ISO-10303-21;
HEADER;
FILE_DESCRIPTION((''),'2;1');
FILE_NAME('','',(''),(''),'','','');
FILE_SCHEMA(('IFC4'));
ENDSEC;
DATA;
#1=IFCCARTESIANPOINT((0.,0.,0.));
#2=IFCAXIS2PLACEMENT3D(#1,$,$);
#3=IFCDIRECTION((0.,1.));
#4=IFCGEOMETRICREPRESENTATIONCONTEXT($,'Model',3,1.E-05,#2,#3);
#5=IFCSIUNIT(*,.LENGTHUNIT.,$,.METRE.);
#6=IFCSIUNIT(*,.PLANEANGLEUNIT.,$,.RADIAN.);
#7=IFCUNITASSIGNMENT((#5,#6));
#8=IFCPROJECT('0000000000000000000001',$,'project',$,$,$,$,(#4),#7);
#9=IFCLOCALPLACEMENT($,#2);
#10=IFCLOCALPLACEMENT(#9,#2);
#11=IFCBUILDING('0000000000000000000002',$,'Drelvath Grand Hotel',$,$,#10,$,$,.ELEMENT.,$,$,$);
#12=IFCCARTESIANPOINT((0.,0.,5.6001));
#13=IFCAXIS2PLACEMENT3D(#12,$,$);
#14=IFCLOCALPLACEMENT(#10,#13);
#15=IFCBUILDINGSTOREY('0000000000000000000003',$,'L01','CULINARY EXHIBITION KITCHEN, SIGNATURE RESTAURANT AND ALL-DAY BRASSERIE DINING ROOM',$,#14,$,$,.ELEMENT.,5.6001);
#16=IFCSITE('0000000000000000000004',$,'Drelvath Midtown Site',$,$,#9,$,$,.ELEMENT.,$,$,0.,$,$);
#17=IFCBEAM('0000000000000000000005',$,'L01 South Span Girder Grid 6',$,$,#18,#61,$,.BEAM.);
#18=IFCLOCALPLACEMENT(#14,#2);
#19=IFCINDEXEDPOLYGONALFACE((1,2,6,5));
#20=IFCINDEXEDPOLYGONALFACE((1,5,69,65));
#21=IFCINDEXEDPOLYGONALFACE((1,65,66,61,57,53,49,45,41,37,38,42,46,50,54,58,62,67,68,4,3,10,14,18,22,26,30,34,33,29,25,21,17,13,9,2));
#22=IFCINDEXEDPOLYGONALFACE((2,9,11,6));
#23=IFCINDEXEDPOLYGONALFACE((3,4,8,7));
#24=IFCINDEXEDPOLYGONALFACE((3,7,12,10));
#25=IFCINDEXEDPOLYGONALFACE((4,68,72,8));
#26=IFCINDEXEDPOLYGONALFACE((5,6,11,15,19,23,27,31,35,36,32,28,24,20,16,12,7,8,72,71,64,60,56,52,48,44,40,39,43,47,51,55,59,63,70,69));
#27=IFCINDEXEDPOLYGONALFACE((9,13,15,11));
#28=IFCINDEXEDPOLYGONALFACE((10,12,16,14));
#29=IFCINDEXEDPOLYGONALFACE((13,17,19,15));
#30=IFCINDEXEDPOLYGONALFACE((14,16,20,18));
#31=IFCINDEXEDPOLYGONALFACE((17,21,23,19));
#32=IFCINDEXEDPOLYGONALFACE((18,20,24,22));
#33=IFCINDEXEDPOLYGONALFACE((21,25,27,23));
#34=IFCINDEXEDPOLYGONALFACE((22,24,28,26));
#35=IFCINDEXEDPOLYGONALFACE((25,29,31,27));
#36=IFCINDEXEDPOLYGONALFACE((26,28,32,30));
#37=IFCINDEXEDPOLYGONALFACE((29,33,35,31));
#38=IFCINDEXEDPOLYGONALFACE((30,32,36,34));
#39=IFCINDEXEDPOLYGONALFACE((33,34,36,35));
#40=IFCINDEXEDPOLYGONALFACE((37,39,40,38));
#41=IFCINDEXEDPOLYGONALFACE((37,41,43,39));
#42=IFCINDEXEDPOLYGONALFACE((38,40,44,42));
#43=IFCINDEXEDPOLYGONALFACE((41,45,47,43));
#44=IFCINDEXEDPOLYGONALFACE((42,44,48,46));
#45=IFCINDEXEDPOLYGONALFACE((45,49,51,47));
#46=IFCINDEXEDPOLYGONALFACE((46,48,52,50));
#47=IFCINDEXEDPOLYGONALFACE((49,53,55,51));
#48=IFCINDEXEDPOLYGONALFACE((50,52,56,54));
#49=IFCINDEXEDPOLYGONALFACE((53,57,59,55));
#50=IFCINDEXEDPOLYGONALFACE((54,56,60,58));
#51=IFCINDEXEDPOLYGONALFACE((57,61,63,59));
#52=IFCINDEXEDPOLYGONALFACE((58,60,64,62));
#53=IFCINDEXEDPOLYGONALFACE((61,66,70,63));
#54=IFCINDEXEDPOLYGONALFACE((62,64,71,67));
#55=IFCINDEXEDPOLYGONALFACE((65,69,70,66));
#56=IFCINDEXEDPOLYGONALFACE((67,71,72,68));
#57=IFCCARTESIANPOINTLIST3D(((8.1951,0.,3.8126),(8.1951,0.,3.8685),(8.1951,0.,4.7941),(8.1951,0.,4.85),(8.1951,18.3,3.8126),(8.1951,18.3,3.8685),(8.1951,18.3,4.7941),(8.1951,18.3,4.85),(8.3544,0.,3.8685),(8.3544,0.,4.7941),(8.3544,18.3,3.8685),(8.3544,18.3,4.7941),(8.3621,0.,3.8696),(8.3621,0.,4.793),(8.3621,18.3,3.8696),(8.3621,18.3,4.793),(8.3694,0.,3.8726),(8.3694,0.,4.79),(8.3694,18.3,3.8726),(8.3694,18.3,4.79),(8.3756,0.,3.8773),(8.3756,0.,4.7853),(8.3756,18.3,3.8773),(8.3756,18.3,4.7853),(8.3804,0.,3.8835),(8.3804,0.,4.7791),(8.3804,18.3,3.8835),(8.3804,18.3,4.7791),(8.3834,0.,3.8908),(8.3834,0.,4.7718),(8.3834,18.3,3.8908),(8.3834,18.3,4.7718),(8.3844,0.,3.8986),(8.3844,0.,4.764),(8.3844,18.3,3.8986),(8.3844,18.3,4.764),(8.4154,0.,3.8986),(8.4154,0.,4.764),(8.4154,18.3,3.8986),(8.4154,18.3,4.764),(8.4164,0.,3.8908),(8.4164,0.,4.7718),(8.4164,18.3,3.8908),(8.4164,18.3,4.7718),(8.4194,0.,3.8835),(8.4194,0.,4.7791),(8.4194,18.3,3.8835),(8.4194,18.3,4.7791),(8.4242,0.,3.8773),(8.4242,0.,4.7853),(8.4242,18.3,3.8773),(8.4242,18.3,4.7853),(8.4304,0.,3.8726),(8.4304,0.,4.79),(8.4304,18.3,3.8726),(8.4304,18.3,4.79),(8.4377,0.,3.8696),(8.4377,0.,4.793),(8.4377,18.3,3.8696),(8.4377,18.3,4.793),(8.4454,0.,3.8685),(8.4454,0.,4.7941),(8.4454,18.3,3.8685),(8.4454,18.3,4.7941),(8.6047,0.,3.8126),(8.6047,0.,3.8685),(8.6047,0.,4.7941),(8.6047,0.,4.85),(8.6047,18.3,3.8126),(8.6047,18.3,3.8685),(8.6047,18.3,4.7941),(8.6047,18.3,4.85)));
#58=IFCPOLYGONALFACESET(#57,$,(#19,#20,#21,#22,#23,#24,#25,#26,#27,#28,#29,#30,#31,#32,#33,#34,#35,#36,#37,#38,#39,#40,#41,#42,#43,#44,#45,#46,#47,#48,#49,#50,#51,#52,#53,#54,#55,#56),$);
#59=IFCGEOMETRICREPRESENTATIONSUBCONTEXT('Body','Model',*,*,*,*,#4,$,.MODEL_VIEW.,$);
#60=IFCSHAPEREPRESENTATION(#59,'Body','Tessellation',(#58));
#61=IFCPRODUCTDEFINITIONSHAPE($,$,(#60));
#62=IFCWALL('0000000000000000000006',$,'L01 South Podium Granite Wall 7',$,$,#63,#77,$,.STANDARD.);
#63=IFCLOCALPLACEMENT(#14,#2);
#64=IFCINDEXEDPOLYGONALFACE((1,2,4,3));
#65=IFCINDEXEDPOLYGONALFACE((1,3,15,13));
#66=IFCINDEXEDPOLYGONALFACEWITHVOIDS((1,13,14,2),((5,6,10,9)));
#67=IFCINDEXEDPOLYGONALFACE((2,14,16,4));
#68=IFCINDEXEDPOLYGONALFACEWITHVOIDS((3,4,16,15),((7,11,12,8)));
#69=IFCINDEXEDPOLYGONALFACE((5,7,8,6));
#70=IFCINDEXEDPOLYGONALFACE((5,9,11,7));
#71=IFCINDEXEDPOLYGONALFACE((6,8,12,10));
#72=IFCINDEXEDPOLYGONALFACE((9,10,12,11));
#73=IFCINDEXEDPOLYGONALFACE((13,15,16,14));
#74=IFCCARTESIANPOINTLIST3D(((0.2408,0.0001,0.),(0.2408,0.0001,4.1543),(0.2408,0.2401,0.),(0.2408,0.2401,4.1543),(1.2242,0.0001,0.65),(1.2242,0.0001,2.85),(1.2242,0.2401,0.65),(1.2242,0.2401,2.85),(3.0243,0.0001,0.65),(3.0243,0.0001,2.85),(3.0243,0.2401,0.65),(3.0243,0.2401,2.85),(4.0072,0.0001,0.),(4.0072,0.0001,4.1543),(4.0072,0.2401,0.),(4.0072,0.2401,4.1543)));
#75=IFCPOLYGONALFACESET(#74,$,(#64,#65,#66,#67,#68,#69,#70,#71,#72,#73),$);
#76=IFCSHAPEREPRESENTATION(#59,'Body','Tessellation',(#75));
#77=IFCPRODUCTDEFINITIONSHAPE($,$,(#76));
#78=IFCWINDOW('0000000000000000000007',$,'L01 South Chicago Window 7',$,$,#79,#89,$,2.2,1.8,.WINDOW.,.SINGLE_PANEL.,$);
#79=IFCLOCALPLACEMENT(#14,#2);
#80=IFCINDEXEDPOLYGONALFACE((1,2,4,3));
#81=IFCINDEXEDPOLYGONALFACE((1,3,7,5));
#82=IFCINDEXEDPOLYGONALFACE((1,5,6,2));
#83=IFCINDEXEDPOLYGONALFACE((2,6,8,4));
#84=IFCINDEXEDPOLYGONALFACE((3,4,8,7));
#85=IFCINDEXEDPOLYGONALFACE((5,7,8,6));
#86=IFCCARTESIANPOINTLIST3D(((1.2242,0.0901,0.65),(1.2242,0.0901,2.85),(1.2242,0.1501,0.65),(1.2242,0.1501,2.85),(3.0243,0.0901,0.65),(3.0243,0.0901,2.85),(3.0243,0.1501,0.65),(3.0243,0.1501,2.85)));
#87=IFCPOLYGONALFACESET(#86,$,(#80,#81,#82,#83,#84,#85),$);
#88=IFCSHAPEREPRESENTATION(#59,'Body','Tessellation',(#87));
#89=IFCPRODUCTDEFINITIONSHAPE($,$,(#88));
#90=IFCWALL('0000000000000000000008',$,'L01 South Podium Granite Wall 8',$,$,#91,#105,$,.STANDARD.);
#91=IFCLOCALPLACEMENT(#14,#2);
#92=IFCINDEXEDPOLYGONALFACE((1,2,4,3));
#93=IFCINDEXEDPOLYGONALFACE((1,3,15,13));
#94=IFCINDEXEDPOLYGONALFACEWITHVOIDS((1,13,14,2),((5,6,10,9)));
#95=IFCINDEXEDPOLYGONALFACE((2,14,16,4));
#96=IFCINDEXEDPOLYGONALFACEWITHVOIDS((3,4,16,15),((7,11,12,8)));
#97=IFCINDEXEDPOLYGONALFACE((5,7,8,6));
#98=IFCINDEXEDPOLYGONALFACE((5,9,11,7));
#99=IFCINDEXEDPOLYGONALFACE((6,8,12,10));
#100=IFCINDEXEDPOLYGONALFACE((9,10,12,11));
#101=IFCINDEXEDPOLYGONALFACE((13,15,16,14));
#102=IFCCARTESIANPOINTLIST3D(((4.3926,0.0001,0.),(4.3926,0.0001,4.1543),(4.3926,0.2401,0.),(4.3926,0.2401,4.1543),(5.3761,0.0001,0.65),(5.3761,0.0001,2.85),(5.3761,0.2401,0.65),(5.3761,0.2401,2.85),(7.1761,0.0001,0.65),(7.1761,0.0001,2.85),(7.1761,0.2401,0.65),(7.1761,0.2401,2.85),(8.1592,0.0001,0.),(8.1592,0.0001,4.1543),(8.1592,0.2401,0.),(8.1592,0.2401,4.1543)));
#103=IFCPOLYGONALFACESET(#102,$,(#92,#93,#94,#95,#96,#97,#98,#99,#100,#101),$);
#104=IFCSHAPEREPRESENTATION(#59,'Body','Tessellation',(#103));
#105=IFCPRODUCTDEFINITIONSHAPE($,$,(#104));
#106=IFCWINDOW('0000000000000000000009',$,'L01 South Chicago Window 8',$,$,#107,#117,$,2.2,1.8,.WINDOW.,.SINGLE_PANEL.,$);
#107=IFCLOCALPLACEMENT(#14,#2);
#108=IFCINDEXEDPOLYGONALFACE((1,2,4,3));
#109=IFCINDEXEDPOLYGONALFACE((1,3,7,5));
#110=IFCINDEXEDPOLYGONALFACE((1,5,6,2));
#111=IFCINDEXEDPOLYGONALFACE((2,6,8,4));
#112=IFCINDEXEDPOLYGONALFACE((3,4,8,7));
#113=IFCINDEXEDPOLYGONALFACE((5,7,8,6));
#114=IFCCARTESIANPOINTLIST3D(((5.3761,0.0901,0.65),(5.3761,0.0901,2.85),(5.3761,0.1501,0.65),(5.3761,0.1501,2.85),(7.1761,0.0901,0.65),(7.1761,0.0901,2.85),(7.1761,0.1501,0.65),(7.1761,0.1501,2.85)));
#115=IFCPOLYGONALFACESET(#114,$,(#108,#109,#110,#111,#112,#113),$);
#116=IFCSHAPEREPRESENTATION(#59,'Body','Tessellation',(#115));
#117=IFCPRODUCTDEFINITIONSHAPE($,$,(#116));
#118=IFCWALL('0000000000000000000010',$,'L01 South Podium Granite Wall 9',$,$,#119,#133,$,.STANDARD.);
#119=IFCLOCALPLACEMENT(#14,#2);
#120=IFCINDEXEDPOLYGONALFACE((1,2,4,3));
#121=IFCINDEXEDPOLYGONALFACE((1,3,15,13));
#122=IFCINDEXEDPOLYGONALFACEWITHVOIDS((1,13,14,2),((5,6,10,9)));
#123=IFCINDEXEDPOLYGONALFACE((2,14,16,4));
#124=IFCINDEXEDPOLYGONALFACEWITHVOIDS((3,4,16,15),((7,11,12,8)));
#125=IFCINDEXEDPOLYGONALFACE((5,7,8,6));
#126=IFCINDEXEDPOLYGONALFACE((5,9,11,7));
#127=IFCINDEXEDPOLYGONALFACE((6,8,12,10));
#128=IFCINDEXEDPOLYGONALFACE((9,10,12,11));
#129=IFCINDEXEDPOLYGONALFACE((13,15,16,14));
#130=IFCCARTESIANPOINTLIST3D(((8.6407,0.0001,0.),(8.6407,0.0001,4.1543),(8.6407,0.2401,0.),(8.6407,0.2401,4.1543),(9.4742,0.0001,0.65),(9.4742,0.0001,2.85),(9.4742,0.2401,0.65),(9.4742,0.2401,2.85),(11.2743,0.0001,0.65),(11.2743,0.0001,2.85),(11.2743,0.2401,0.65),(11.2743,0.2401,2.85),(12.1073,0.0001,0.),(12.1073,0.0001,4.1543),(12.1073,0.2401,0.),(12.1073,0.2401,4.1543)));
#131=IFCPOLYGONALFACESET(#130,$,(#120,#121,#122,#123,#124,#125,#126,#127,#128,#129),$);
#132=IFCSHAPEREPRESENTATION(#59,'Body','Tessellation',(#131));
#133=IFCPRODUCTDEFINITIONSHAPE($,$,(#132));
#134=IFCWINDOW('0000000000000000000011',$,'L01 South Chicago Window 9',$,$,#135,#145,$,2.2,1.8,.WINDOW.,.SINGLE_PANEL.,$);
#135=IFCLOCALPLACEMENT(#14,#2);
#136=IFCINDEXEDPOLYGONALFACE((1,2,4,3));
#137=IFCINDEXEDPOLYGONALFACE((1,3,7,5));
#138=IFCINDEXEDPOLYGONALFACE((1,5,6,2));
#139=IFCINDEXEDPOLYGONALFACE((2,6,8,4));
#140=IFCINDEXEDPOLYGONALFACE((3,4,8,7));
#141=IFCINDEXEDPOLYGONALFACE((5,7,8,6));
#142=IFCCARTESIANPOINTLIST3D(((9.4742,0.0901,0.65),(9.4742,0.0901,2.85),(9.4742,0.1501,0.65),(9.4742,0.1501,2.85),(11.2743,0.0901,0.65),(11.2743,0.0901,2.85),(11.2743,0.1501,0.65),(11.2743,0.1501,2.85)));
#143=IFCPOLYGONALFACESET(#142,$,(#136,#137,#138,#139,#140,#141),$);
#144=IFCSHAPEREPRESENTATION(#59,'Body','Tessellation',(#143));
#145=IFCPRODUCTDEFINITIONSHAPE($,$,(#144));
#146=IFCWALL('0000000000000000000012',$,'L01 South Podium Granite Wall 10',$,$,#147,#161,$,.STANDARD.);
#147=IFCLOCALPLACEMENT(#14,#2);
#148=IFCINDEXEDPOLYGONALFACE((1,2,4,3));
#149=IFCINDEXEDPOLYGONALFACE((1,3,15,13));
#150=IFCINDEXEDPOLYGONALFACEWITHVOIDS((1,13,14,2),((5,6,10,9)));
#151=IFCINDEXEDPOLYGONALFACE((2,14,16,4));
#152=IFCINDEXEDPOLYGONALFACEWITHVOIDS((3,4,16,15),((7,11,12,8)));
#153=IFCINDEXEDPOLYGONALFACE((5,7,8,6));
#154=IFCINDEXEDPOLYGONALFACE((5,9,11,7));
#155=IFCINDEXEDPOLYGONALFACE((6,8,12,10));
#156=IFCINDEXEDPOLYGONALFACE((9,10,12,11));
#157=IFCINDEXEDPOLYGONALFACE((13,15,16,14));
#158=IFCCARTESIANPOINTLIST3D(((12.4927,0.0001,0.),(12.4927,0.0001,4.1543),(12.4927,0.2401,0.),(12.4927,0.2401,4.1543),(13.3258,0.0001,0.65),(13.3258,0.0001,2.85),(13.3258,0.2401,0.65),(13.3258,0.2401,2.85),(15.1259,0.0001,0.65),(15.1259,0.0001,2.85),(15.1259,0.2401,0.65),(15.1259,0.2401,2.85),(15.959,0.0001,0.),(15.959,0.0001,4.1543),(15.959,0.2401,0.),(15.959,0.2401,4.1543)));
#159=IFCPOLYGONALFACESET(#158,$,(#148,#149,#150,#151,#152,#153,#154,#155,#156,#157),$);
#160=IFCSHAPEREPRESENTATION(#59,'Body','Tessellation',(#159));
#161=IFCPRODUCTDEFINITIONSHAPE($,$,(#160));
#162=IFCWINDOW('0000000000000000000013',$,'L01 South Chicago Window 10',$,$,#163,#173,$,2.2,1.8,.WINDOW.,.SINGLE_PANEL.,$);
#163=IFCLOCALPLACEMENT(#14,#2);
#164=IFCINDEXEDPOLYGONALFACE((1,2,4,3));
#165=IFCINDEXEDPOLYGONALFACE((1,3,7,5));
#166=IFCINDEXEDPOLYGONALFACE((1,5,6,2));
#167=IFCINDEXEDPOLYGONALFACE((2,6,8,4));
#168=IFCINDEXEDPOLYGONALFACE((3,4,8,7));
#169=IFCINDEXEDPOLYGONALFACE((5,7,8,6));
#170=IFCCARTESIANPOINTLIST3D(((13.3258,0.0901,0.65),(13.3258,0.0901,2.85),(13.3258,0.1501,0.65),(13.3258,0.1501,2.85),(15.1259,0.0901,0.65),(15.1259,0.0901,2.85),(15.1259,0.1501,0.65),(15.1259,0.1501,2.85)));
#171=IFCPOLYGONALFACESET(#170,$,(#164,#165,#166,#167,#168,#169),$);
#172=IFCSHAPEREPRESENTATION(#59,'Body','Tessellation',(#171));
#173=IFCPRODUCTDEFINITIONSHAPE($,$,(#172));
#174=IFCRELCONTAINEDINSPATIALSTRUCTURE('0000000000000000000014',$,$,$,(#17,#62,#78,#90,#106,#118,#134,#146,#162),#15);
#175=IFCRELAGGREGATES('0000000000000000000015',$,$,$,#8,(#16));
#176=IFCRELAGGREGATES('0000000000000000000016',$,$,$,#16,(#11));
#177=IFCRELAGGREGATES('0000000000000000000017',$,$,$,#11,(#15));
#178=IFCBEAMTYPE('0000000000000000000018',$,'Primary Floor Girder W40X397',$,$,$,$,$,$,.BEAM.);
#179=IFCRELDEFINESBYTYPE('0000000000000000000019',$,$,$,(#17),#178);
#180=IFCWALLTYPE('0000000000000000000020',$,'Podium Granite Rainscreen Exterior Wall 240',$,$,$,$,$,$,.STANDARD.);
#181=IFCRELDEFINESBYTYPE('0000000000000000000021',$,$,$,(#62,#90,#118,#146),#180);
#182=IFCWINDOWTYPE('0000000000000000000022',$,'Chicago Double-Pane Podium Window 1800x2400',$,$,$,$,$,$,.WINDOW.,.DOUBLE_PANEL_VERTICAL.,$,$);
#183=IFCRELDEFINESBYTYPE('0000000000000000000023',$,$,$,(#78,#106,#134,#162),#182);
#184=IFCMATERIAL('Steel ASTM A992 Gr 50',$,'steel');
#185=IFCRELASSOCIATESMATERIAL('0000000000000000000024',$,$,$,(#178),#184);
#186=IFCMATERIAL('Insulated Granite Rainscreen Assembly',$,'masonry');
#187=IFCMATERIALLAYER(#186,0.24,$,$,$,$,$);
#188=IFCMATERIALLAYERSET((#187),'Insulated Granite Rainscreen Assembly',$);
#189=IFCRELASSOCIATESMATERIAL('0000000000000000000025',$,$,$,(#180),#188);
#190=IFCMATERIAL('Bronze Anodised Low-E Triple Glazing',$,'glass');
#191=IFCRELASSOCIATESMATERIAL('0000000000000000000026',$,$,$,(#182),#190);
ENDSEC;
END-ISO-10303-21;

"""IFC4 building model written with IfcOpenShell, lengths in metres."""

from ifc_helpers import new_model, si_unit, direction, frame, frame_2d, origin, origin_2d, place, context, subcontext, project, spatial, rectangle, i_section, extrude, material, layer, layer_set, material_profile, profile_set, type_object, element, fill, save


model = new_model("IFC4")

# Units and contexts
model_context = context("Model", 3, precision=1e-05, world=origin(), true_north=direction((0.0, 1.0)))
body_context = subcontext(model_context, "Body", "Model", "MODEL_VIEW")
ifc_project = project(units=[si_unit("LENGTHUNIT", "METRE"), si_unit("PLANEANGLEUNIT", "RADIAN")], contexts=[model_context])

# Site, building, storey
site_placement = place(None, origin())
site = spatial("IfcSite", under=ifc_project, at=site_placement, Name="Drelvath Midtown Site", CompositionType="ELEMENT", RefElevation=0.0)
building_placement = place(site_placement, origin())
building = spatial("IfcBuilding", under=site, at=building_placement, Name="Drelvath Grand Hotel", CompositionType="ELEMENT")
storey_placement = place(building_placement, frame((0.0, 0.0, 5.6001)))
storey = spatial("IfcBuildingStorey", under=building, at=storey_placement, Name="L01", Description="CULINARY EXHIBITION KITCHEN, SIGNATURE RESTAURANT AND ALL-DAY BRASSERIE DINING ROOM", CompositionType="ELEMENT", Elevation=5.6001)

# Beam
ifc_material_1 = material(Name="Steel ASTM A992 Gr 50", Category="steel")
ifc_material_profile_1 = material_profile(ifc_material_1, i_section(OverallWidth=0.4097, OverallDepth=1.0374, WebThickness=0.031, FlangeThickness=0.0559, FilletRadius=0.03, at=origin_2d()), Name="W40X397")
ifc_profile_set_1 = profile_set([ifc_material_profile_1], Name="Steel ASTM A992 Gr 50")
beam_type_1 = type_object("IfcBeamType", Name="Primary Floor Girder W40X397", PredefinedType="BEAM", material=ifc_profile_set_1)
beam_1_placement = place(storey_placement, frame((8.3999, 0.0, 4.3313), z_axis=(0.0, 1.0, 0.0), x_axis=(-1.0, 0.0, 0.0)))
element("IfcBeam", 1, at=beam_1_placement, inside=storey, type_object=beam_type_1, Name="L01 South Span Girder Grid 6", PredefinedType="BEAM", context=body_context, shape_type="SweptSolid", body=[
    extrude(i_section(OverallWidth=0.4097, OverallDepth=1.0374, WebThickness=0.031, FlangeThickness=0.0559, FilletRadius=0.03, at=origin_2d()), origin(), (0.0, 0.0, 1.0), 18.3),
])

# Walls, openings, windows
ifc_material_2 = material(Name="Insulated Granite Rainscreen Assembly", Category="masonry")
ifc_layer_1 = layer(ifc_material_2, 0.24)
ifc_layer_set_1 = layer_set([ifc_layer_1], Name="Insulated Granite Rainscreen Assembly")
wall_type_1 = type_object("IfcWallType", Name="Podium Granite Rainscreen Exterior Wall 240", PredefinedType="STANDARD", material=ifc_layer_set_1)
wall_1_placement = place(storey_placement, frame((4.0073, 0.1201, 0.0), z_axis=(0.0, 0.0, 1.0), x_axis=(-1.0, 0.0, 0.0)))
wall_1 = element("IfcWall", 2, at=wall_1_placement, inside=storey, type_object=wall_type_1, Name="L01 South Podium Granite Wall 7", PredefinedType="STANDARD", context=body_context, shape_type="SweptSolid", body=[
    extrude(rectangle(XDim=3.7664, YDim=0.24, at=frame_2d((1.8833, 0.0))), origin(), (0.0, 0.0, 1.0), 4.1543),
])
opening_1_placement = place(wall_1_placement, frame((0.9832, 0.0, 0.6499)))
opening_1 = element("IfcOpeningElement", 3, at=opening_1_placement, cuts=wall_1, PredefinedType="OPENING", context=body_context, shape_type="SweptSolid", body=[
    extrude(rectangle(XDim=1.8, YDim=2.2, at=frame_2d((0.8999, 1.1001))), frame((0.0, 0.1299, 0.0), z_axis=(0.0, -1.0, 0.0), x_axis=(1.0, 0.0, 0.0)), (0.0, 0.0, 1.0), 0.26),
])
ifc_material_3 = material(Name="Bronze Anodised Low-E Triple Glazing", Category="glass")
window_type = type_object("IfcWindowType", Name="Chicago Double-Pane Podium Window 1800x2400", PartitioningType="DOUBLE_PANEL_VERTICAL", PredefinedType="WINDOW", material=ifc_material_3)
window_1_placement = place(opening_1_placement, origin())
window_1 = element("IfcWindow", 4, at=window_1_placement, inside=storey, type_object=window_type, Name="L01 South Chicago Window 7", OverallHeight=2.2, OverallWidth=1.8, PartitioningType="SINGLE_PANEL", PredefinedType="WINDOW", context=body_context, shape_type="SweptSolid", body=[
    extrude(rectangle(XDim=1.8, YDim=2.2, at=frame_2d((0.8999, 1.1001))), frame((0.0, 0.03, 0.0), z_axis=(0.0, -1.0, 0.0), x_axis=(1.0, 0.0, 0.0)), (0.0, 0.0, 1.0), 0.0601),
])
fill(opening_1, window_1)
wall_2_placement = place(storey_placement, frame((8.1592, 0.1201, 0.0), z_axis=(0.0, 0.0, 1.0), x_axis=(-1.0, 0.0, 0.0)))
wall_2 = element("IfcWall", 5, at=wall_2_placement, inside=storey, type_object=wall_type_1, Name="L01 South Podium Granite Wall 8", PredefinedType="STANDARD", context=body_context, shape_type="SweptSolid", body=[
    extrude(rectangle(XDim=3.7666, YDim=0.24, at=frame_2d((1.8833, 0.0))), origin(), (0.0, 0.0, 1.0), 4.1543),
])
opening_2_placement = place(wall_2_placement, frame((0.9832, 0.0, 0.6499)))
opening_2 = element("IfcOpeningElement", 6, at=opening_2_placement, cuts=wall_2, PredefinedType="OPENING", context=body_context, shape_type="SweptSolid", body=[
    extrude(rectangle(XDim=1.8, YDim=2.2, at=frame_2d((0.8999, 1.1001))), frame((0.0, 0.1299, 0.0), z_axis=(0.0, -1.0, 0.0), x_axis=(1.0, 0.0, 0.0)), (0.0, 0.0, 1.0), 0.26),
])
window_2_placement = place(opening_2_placement, origin())
window_2 = element("IfcWindow", 7, at=window_2_placement, inside=storey, type_object=window_type, Name="L01 South Chicago Window 8", OverallHeight=2.2, OverallWidth=1.8, PartitioningType="SINGLE_PANEL", PredefinedType="WINDOW", context=body_context, shape_type="SweptSolid", body=[
    extrude(rectangle(XDim=1.8, YDim=2.2, at=frame_2d((0.8999, 1.1001))), frame((0.0, 0.03, 0.0), z_axis=(0.0, -1.0, 0.0), x_axis=(1.0, 0.0, 0.0)), (0.0, 0.0, 1.0), 0.0601),
])
fill(opening_2, window_2)
wall_3_placement = place(storey_placement, frame((12.1074, 0.1201, 0.0), z_axis=(0.0, 0.0, 1.0), x_axis=(-1.0, 0.0, 0.0)))
wall_3 = element("IfcWall", 8, at=wall_3_placement, inside=storey, type_object=wall_type_1, Name="L01 South Podium Granite Wall 9", PredefinedType="STANDARD", context=body_context, shape_type="SweptSolid", body=[
    extrude(rectangle(XDim=3.4666, YDim=0.24, at=frame_2d((1.7334, 0.0))), origin(), (0.0, 0.0, 1.0), 4.1543),
])
opening_3_placement = place(wall_3_placement, frame((0.8333, 0.0, 0.6499)))
opening_3 = element("IfcOpeningElement", 9, at=opening_3_placement, cuts=wall_3, PredefinedType="OPENING", context=body_context, shape_type="SweptSolid", body=[
    extrude(rectangle(XDim=1.8, YDim=2.2, at=frame_2d((0.8999, 1.1001))), frame((0.0, 0.1299, 0.0), z_axis=(0.0, -1.0, 0.0), x_axis=(1.0, 0.0, 0.0)), (0.0, 0.0, 1.0), 0.26),
])
window_3_placement = place(opening_3_placement, origin())
window_3 = element("IfcWindow", 10, at=window_3_placement, inside=storey, type_object=window_type, Name="L01 South Chicago Window 9", OverallHeight=2.2, OverallWidth=1.8, PartitioningType="SINGLE_PANEL", PredefinedType="WINDOW", context=body_context, shape_type="SweptSolid", body=[
    extrude(rectangle(XDim=1.8, YDim=2.2, at=frame_2d((0.8999, 1.1001))), frame((0.0, 0.03, 0.0), z_axis=(0.0, -1.0, 0.0), x_axis=(1.0, 0.0, 0.0)), (0.0, 0.0, 1.0), 0.0601),
])
fill(opening_3, window_3)
wall_4_placement = place(storey_placement, frame((15.959, 0.1201, 0.0), z_axis=(0.0, 0.0, 1.0), x_axis=(-1.0, 0.0, 0.0)))
wall_4 = element("IfcWall", 11, at=wall_4_placement, inside=storey, type_object=wall_type_1, Name="L01 South Podium Granite Wall 10", PredefinedType="STANDARD", context=body_context, shape_type="SweptSolid", body=[
    extrude(rectangle(XDim=3.4663, YDim=0.24, at=frame_2d((1.7332, 0.0))), origin(), (0.0, 0.0, 1.0), 4.1543),
])
opening_4_placement = place(wall_4_placement, frame((0.8333, 0.0, 0.6499)))
opening_4 = element("IfcOpeningElement", 12, at=opening_4_placement, cuts=wall_4, PredefinedType="OPENING", context=body_context, shape_type="SweptSolid", body=[
    extrude(rectangle(XDim=1.8, YDim=2.2, at=frame_2d((0.8999, 1.1001))), frame((0.0, 0.1299, 0.0), z_axis=(0.0, -1.0, 0.0), x_axis=(1.0, 0.0, 0.0)), (0.0, 0.0, 1.0), 0.26),
])
window_4_placement = place(opening_4_placement, origin())
window_4 = element("IfcWindow", 13, at=window_4_placement, inside=storey, type_object=window_type, Name="L01 South Chicago Window 10", OverallHeight=2.2, OverallWidth=1.8, PartitioningType="SINGLE_PANEL", PredefinedType="WINDOW", context=body_context, shape_type="SweptSolid", body=[
    extrude(rectangle(XDim=1.8, YDim=2.2, at=frame_2d((0.8999, 1.1001))), frame((0.0, 0.03, 0.0), z_axis=(0.0, -1.0, 0.0), x_axis=(1.0, 0.0, 0.0)), (0.0, 0.0, 1.0), 0.0601),
])
fill(opening_4, window_4)

save(model, "model.ifc")
